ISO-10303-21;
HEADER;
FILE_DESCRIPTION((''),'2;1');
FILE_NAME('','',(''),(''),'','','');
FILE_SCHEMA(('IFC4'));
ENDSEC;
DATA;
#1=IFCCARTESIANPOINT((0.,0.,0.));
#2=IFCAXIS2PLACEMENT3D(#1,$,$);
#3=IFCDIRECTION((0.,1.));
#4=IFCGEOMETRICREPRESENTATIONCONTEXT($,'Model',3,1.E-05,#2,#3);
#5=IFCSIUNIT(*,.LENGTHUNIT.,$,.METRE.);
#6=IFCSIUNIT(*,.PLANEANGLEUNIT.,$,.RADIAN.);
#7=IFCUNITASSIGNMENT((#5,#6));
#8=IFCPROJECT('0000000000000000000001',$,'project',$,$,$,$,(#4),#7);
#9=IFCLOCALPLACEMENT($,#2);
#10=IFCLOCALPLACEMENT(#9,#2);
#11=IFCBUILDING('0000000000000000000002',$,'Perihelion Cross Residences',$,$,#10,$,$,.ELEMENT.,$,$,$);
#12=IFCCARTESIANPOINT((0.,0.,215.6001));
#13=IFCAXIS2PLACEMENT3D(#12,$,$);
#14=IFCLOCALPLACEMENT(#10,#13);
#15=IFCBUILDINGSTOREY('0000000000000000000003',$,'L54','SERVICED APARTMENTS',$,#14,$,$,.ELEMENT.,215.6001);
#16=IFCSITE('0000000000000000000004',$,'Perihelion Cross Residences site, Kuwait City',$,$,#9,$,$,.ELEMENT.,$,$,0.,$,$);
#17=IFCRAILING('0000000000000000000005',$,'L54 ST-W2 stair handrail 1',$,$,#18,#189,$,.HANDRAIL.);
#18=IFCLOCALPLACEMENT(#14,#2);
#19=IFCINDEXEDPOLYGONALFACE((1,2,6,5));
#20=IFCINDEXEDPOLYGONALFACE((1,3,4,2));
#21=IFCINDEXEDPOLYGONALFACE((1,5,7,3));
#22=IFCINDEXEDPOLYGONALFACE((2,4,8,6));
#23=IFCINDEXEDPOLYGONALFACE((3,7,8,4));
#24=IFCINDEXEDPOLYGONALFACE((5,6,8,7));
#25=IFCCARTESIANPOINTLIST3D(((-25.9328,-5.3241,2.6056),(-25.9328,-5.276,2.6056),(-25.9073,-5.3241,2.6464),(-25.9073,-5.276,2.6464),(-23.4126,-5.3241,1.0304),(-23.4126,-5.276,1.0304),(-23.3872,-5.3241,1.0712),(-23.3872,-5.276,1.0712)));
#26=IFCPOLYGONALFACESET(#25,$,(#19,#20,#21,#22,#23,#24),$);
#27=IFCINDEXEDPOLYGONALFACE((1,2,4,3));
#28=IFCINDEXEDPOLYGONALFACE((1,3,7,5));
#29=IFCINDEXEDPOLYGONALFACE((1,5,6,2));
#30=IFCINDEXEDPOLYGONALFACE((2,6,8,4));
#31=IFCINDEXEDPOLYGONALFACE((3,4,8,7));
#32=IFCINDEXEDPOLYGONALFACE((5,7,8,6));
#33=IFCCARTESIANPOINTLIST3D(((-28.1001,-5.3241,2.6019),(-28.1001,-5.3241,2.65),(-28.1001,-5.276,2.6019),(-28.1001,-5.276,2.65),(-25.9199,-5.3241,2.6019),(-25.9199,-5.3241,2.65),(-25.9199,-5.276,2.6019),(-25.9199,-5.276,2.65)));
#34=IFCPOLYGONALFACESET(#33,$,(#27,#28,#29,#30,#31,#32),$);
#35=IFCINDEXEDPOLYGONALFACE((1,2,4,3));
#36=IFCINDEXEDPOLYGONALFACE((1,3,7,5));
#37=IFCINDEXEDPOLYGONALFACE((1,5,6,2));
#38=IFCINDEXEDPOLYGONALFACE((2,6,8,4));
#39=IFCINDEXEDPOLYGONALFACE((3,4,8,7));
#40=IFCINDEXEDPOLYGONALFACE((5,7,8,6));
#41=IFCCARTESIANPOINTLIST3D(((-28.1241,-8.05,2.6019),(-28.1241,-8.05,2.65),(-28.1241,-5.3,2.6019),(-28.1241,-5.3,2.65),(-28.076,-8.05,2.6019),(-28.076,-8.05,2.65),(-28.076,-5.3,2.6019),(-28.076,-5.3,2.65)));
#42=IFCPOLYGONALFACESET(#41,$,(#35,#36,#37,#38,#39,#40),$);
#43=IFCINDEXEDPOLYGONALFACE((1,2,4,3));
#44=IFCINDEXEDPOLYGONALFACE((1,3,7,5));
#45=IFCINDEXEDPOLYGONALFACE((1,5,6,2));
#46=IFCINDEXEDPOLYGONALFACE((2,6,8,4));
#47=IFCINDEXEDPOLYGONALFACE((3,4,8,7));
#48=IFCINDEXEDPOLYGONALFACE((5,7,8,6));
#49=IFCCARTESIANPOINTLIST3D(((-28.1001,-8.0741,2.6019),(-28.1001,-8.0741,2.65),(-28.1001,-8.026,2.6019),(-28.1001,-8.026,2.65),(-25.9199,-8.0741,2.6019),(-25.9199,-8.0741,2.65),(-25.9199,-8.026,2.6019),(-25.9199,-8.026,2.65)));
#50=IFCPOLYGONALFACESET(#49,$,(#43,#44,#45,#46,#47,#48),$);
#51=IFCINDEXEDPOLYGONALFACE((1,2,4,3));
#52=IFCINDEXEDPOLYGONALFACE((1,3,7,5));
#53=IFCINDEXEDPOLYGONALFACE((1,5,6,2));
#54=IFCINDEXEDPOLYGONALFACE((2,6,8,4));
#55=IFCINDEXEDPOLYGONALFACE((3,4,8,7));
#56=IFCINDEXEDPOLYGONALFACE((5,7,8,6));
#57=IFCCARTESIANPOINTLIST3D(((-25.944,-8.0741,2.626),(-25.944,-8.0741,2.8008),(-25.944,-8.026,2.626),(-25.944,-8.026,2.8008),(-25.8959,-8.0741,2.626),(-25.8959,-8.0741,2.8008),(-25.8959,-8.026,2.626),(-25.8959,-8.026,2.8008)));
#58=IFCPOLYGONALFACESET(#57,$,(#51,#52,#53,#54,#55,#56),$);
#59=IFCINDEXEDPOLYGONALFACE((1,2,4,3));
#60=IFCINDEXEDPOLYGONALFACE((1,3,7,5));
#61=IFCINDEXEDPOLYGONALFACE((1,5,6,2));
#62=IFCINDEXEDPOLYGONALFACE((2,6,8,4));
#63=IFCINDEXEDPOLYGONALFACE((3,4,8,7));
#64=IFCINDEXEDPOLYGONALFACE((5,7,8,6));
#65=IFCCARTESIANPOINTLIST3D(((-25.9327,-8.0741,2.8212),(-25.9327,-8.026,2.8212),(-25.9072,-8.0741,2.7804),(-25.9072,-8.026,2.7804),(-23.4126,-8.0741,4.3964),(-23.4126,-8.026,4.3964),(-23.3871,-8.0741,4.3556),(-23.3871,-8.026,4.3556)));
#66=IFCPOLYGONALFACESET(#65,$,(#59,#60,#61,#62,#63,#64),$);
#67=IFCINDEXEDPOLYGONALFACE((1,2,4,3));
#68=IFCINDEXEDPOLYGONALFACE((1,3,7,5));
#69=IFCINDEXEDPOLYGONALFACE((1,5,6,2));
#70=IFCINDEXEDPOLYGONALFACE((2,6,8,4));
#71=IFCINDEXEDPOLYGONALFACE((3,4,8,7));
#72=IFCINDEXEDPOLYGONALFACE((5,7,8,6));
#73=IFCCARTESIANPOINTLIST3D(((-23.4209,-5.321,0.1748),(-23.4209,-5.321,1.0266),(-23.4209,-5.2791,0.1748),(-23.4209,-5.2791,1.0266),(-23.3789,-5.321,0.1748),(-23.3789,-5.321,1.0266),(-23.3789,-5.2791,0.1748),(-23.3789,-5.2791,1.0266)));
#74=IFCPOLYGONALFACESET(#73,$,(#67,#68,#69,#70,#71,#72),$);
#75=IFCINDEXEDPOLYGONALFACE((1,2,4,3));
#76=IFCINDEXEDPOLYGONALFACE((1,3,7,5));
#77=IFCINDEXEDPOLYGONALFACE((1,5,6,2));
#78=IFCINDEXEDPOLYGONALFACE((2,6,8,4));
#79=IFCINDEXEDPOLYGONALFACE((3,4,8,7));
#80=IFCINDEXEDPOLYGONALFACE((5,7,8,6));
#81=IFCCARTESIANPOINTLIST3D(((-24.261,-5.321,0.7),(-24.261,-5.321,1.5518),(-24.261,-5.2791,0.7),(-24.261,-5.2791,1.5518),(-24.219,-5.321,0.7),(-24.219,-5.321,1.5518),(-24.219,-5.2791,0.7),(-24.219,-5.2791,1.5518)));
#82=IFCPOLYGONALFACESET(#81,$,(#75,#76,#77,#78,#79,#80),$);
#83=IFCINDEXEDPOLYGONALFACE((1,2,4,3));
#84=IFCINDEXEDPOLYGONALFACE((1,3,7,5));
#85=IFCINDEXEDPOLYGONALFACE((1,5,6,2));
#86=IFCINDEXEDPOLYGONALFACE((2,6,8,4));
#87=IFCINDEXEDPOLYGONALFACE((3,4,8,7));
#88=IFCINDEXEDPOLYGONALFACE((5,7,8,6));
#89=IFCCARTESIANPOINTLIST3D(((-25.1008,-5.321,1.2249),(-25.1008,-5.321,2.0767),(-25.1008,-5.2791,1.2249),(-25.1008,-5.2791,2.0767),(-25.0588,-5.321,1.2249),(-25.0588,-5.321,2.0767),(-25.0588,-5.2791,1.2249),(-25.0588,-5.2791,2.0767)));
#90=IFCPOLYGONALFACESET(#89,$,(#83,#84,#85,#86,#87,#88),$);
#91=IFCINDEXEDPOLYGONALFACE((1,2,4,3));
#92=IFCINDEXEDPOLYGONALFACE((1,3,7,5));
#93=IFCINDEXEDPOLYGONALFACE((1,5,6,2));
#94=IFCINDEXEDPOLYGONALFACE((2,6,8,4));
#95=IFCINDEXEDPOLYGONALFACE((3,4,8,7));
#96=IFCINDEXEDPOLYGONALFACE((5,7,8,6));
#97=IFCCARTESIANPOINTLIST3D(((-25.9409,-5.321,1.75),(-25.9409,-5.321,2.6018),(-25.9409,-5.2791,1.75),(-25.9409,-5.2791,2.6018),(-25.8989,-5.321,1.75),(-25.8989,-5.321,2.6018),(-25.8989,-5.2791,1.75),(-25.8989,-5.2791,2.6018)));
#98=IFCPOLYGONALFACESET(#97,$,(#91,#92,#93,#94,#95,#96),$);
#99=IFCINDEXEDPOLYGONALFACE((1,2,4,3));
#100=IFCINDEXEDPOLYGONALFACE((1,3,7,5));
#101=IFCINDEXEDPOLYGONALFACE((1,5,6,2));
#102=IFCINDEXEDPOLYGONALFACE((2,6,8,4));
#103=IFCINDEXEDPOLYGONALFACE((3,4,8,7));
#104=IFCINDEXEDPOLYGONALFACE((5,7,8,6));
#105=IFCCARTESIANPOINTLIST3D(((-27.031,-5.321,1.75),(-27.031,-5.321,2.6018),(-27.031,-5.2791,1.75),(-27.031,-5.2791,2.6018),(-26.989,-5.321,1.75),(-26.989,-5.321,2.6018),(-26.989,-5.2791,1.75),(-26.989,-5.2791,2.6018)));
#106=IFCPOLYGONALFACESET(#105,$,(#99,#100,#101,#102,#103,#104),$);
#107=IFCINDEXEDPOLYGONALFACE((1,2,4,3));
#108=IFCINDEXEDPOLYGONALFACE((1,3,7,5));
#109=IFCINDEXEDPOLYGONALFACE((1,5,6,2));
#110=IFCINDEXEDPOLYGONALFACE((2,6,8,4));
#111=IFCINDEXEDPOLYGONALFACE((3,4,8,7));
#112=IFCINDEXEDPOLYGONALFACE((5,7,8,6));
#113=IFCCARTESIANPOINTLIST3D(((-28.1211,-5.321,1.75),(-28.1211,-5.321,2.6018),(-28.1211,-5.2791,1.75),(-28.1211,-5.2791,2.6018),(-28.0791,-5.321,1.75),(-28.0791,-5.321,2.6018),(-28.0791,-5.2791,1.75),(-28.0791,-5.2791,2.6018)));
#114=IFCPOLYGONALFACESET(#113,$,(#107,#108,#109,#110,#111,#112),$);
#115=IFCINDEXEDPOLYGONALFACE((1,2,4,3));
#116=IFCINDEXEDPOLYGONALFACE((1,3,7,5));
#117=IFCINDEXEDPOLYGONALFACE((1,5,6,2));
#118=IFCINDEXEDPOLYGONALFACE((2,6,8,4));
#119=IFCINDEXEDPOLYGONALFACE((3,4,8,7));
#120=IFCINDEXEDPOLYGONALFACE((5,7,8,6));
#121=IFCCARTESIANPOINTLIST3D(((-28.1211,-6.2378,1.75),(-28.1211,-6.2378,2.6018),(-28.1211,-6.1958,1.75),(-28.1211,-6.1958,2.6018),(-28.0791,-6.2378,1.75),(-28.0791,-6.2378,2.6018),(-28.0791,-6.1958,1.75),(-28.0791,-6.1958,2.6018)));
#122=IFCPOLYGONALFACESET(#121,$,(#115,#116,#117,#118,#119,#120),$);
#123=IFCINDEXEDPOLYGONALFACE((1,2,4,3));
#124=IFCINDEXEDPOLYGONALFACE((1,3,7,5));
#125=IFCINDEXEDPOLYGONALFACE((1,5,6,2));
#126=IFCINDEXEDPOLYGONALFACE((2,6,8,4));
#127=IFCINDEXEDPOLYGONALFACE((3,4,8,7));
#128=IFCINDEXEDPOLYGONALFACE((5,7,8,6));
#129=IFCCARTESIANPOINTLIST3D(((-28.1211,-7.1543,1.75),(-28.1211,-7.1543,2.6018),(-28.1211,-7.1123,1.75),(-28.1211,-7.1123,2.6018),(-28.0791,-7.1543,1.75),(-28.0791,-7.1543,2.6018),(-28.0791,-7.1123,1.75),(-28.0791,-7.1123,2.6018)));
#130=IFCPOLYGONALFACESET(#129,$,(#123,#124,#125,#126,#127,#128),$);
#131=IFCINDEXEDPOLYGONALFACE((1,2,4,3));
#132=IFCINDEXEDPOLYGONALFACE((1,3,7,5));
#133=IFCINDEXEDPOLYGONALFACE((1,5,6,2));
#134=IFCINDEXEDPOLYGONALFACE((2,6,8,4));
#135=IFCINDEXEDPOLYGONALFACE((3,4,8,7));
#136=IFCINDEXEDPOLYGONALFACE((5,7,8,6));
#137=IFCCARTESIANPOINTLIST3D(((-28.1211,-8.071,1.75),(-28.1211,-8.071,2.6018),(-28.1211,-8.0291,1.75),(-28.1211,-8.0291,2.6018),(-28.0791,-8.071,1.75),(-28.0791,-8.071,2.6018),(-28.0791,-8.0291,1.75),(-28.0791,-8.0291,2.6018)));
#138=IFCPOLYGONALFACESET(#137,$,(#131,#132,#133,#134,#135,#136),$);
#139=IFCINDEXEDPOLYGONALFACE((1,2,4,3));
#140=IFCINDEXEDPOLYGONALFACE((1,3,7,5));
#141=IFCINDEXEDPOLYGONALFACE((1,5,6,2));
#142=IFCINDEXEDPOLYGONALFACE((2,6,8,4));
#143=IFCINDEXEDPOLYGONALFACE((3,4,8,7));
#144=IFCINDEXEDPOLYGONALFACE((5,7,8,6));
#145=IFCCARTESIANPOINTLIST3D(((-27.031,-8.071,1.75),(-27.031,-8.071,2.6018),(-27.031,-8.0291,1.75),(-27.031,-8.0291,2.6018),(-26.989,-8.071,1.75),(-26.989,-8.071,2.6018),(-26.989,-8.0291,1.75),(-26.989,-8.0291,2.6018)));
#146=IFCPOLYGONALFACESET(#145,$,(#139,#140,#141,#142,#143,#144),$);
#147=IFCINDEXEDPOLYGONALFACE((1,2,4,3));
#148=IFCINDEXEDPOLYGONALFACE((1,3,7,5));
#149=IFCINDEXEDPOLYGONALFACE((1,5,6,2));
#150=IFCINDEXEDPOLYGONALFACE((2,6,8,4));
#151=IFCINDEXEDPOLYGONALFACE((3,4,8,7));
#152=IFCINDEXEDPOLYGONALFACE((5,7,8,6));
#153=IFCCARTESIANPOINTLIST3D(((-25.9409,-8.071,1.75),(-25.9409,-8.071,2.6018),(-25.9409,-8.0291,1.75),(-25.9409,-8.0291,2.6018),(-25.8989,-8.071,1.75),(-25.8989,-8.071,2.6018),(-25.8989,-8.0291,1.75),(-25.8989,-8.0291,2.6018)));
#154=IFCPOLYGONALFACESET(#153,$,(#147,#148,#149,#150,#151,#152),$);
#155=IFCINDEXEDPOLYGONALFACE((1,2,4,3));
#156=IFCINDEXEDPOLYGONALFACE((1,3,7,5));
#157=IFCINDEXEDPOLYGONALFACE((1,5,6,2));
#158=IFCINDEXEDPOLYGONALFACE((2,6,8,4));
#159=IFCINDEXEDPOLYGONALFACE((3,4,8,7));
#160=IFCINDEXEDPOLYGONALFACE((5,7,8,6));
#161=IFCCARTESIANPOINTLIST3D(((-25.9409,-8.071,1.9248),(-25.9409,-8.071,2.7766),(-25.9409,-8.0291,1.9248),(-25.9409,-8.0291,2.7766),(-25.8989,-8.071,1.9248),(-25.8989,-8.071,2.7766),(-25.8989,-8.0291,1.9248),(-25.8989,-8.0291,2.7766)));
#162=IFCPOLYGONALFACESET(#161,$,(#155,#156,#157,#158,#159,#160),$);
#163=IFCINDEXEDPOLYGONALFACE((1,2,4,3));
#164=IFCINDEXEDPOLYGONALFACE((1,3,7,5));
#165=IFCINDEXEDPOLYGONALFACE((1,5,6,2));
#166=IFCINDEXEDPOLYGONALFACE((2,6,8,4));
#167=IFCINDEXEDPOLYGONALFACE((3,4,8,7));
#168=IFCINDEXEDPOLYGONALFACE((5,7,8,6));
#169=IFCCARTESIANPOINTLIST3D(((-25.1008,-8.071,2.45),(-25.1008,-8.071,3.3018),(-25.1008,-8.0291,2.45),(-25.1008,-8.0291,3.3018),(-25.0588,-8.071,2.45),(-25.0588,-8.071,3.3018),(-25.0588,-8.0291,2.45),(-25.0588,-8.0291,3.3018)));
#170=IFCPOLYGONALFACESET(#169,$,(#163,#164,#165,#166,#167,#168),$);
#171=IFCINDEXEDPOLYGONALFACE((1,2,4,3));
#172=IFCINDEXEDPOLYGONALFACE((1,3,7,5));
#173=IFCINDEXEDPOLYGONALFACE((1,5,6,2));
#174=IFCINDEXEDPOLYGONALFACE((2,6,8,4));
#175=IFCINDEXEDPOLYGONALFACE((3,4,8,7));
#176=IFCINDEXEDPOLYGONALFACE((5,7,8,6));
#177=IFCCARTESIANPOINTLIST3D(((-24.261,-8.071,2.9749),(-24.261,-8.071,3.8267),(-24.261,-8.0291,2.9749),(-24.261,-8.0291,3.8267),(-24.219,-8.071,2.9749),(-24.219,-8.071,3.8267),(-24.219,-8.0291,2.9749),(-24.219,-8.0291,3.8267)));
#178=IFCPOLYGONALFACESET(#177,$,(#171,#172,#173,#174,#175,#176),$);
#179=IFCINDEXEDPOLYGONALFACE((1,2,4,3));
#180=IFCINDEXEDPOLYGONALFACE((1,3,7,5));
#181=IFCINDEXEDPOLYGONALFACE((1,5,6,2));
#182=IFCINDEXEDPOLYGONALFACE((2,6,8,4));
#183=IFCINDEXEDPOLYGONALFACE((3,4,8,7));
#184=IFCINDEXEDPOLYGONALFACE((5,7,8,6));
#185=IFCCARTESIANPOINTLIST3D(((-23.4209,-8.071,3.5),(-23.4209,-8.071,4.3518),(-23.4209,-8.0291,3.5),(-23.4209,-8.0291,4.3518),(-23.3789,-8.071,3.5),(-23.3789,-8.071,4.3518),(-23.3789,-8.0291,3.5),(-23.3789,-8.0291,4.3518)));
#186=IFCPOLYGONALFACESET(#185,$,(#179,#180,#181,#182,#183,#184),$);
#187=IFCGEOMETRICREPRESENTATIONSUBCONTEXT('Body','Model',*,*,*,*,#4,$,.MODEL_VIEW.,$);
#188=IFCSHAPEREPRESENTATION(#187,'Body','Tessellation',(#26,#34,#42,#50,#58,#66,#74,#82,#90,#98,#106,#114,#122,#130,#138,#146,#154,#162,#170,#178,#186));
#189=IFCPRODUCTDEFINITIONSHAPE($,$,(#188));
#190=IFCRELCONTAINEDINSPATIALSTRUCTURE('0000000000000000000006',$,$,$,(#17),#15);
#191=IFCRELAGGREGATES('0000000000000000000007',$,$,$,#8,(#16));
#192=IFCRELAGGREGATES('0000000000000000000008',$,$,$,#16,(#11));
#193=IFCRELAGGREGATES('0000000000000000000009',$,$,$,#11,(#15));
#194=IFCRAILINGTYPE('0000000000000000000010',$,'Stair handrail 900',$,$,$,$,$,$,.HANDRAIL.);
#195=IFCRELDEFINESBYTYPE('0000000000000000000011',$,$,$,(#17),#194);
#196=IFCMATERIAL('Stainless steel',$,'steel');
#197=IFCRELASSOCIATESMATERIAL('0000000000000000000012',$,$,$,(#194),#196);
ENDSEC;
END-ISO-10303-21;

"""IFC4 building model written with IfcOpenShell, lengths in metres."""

from ifc_helpers import new_model, si_unit, direction, frame, origin, origin_2d, place, context, subcontext, project, spatial, rectangle, extrude, material, type_object, element, save


model = new_model("IFC4")

# Units and contexts
model_context = context("Model", 3, precision=1e-05, world=origin(), true_north=direction((0.0, 1.0)))
body_context = subcontext(model_context, "Body", "Model", "MODEL_VIEW")
ifc_project = project(units=[si_unit("LENGTHUNIT", "METRE"), si_unit("PLANEANGLEUNIT", "RADIAN")], contexts=[model_context])

# Site, building, storey
site_placement = place(None, origin())
site = spatial("IfcSite", under=ifc_project, at=site_placement, Name="Perihelion Cross Residences site, Kuwait City", CompositionType="ELEMENT", RefElevation=0.0)
building_placement = place(site_placement, origin())
building = spatial("IfcBuilding", under=site, at=building_placement, Name="Perihelion Cross Residences", CompositionType="ELEMENT")
storey_placement = place(building_placement, frame((0.0, 0.0, 215.6001)))
storey = spatial("IfcBuildingStorey", under=building, at=storey_placement, Name="L54", Description="SERVICED APARTMENTS", CompositionType="ELEMENT", Elevation=215.6001)

# Railing
ifc_material_1 = material(Name="Stainless steel", Category="steel")
railing_type_1 = type_object("IfcRailingType", Name="Stair handrail 900", PredefinedType="HANDRAIL", material=ifc_material_1)
railing_1_placement = place(storey_placement, frame((-23.3999, -5.3, 0.1748)))
element("IfcRailing", 1, at=railing_1_placement, inside=storey, type_object=railing_type_1, Name="L54 ST-W2 stair handrail 1", PredefinedType="HANDRAIL", context=body_context, shape_type="SweptSolid", body=[
    extrude(rectangle(XDim=0.0481, YDim=0.0481, at=origin_2d()), frame((0.0, 0.0, 0.876), z_axis=(-0.847971, 0.0, 0.530043), x_axis=(0.0, -1.0, 0.0)), (0.0, 0.0, 1.0), 2.9719),
    extrude(rectangle(XDim=0.0481, YDim=0.0481, at=origin_2d()), frame((-2.52, 0.0, 2.4512), z_axis=(-1.0, 0.0, 0.0), x_axis=(0.0, -1.0, 0.0)), (0.0, 0.0, 1.0), 2.1802),
    extrude(rectangle(XDim=0.0481, YDim=0.0481, at=origin_2d()), frame((-4.7002, 0.0, 2.4512), z_axis=(0.0, -1.0, 0.0), x_axis=(1.0, 0.0, 0.0)), (0.0, 0.0, 1.0), 2.75),
    extrude(rectangle(XDim=0.0481, YDim=0.0481, at=origin_2d()), frame((-4.7002, -2.75, 2.4512), z_axis=(1.0, 0.0, 0.0), x_axis=(0.0, 1.0, 0.0)), (0.0, 0.0, 1.0), 2.1802),
    extrude(rectangle(XDim=0.0481, YDim=0.0481, at=origin_2d()), frame((-2.52, -2.75, 2.4512), z_axis=(0.0, 0.0, 1.0), x_axis=(1.0, 0.0, 0.0)), (0.0, 0.0, 1.0), 0.1748),
    extrude(rectangle(XDim=0.0481, YDim=0.0481, at=origin_2d()), frame((-2.52, -2.75, 2.626), z_axis=(0.847971, 0.0, 0.530043), x_axis=(0.0, 1.0, 0.0)), (0.0, 0.0, 1.0), 2.9719),
    extrude(rectangle(XDim=0.042, YDim=0.042, at=origin_2d()), origin(), (0.0, 0.0, 1.0), 0.8518),
    extrude(rectangle(XDim=0.042, YDim=0.042, at=origin_2d()), frame((-0.8401, 0.0, 0.5251)), (0.0, 0.0, 1.0), 0.8518),
    extrude(rectangle(XDim=0.042, YDim=0.042, at=origin_2d()), frame((-1.6799, 0.0, 1.05)), (0.0, 0.0, 1.0), 0.8518),
    extrude(rectangle(XDim=0.042, YDim=0.042, at=origin_2d()), frame((-2.52, 0.0, 1.5752)), (0.0, 0.0, 1.0), 0.8518),
    extrude(rectangle(XDim=0.042, YDim=0.042, at=origin_2d()), frame((-3.6101, 0.0, 1.5752)), (0.0, 0.0, 1.0), 0.8518),
    extrude(rectangle(XDim=0.042, YDim=0.042, at=origin_2d()), frame((-4.7002, 0.0, 1.5752)), (0.0, 0.0, 1.0), 0.8518),
    extrude(rectangle(XDim=0.042, YDim=0.042, at=origin_2d()), frame((-4.7002, -0.9167, 1.5752)), (0.0, 0.0, 1.0), 0.8518),
    extrude(rectangle(XDim=0.042, YDim=0.042, at=origin_2d()), frame((-4.7002, -1.8333, 1.5752)), (0.0, 0.0, 1.0), 0.8518),
    extrude(rectangle(XDim=0.042, YDim=0.042, at=origin_2d()), frame((-4.7002, -2.75, 1.5752)), (0.0, 0.0, 1.0), 0.8518),
    extrude(rectangle(XDim=0.042, YDim=0.042, at=origin_2d()), frame((-3.6101, -2.75, 1.5752)), (0.0, 0.0, 1.0), 0.8518),
    extrude(rectangle(XDim=0.042, YDim=0.042, at=origin_2d()), frame((-2.52, -2.75, 1.5752)), (0.0, 0.0, 1.0), 0.8518),
    extrude(rectangle(XDim=0.042, YDim=0.042, at=origin_2d()), frame((-2.52, -2.75, 1.75)), (0.0, 0.0, 1.0), 0.8518),
    extrude(rectangle(XDim=0.042, YDim=0.042, at=origin_2d()), frame((-1.6799, -2.75, 2.2751)), (0.0, 0.0, 1.0), 0.8518),
    extrude(rectangle(XDim=0.042, YDim=0.042, at=origin_2d()), frame((-0.8401, -2.75, 2.8)), (0.0, 0.0, 1.0), 0.8518),
    extrude(rectangle(XDim=0.042, YDim=0.042, at=origin_2d()), frame((0.0, -2.75, 3.3252)), (0.0, 0.0, 1.0), 0.8518),
])

save(model, "model.ifc")
